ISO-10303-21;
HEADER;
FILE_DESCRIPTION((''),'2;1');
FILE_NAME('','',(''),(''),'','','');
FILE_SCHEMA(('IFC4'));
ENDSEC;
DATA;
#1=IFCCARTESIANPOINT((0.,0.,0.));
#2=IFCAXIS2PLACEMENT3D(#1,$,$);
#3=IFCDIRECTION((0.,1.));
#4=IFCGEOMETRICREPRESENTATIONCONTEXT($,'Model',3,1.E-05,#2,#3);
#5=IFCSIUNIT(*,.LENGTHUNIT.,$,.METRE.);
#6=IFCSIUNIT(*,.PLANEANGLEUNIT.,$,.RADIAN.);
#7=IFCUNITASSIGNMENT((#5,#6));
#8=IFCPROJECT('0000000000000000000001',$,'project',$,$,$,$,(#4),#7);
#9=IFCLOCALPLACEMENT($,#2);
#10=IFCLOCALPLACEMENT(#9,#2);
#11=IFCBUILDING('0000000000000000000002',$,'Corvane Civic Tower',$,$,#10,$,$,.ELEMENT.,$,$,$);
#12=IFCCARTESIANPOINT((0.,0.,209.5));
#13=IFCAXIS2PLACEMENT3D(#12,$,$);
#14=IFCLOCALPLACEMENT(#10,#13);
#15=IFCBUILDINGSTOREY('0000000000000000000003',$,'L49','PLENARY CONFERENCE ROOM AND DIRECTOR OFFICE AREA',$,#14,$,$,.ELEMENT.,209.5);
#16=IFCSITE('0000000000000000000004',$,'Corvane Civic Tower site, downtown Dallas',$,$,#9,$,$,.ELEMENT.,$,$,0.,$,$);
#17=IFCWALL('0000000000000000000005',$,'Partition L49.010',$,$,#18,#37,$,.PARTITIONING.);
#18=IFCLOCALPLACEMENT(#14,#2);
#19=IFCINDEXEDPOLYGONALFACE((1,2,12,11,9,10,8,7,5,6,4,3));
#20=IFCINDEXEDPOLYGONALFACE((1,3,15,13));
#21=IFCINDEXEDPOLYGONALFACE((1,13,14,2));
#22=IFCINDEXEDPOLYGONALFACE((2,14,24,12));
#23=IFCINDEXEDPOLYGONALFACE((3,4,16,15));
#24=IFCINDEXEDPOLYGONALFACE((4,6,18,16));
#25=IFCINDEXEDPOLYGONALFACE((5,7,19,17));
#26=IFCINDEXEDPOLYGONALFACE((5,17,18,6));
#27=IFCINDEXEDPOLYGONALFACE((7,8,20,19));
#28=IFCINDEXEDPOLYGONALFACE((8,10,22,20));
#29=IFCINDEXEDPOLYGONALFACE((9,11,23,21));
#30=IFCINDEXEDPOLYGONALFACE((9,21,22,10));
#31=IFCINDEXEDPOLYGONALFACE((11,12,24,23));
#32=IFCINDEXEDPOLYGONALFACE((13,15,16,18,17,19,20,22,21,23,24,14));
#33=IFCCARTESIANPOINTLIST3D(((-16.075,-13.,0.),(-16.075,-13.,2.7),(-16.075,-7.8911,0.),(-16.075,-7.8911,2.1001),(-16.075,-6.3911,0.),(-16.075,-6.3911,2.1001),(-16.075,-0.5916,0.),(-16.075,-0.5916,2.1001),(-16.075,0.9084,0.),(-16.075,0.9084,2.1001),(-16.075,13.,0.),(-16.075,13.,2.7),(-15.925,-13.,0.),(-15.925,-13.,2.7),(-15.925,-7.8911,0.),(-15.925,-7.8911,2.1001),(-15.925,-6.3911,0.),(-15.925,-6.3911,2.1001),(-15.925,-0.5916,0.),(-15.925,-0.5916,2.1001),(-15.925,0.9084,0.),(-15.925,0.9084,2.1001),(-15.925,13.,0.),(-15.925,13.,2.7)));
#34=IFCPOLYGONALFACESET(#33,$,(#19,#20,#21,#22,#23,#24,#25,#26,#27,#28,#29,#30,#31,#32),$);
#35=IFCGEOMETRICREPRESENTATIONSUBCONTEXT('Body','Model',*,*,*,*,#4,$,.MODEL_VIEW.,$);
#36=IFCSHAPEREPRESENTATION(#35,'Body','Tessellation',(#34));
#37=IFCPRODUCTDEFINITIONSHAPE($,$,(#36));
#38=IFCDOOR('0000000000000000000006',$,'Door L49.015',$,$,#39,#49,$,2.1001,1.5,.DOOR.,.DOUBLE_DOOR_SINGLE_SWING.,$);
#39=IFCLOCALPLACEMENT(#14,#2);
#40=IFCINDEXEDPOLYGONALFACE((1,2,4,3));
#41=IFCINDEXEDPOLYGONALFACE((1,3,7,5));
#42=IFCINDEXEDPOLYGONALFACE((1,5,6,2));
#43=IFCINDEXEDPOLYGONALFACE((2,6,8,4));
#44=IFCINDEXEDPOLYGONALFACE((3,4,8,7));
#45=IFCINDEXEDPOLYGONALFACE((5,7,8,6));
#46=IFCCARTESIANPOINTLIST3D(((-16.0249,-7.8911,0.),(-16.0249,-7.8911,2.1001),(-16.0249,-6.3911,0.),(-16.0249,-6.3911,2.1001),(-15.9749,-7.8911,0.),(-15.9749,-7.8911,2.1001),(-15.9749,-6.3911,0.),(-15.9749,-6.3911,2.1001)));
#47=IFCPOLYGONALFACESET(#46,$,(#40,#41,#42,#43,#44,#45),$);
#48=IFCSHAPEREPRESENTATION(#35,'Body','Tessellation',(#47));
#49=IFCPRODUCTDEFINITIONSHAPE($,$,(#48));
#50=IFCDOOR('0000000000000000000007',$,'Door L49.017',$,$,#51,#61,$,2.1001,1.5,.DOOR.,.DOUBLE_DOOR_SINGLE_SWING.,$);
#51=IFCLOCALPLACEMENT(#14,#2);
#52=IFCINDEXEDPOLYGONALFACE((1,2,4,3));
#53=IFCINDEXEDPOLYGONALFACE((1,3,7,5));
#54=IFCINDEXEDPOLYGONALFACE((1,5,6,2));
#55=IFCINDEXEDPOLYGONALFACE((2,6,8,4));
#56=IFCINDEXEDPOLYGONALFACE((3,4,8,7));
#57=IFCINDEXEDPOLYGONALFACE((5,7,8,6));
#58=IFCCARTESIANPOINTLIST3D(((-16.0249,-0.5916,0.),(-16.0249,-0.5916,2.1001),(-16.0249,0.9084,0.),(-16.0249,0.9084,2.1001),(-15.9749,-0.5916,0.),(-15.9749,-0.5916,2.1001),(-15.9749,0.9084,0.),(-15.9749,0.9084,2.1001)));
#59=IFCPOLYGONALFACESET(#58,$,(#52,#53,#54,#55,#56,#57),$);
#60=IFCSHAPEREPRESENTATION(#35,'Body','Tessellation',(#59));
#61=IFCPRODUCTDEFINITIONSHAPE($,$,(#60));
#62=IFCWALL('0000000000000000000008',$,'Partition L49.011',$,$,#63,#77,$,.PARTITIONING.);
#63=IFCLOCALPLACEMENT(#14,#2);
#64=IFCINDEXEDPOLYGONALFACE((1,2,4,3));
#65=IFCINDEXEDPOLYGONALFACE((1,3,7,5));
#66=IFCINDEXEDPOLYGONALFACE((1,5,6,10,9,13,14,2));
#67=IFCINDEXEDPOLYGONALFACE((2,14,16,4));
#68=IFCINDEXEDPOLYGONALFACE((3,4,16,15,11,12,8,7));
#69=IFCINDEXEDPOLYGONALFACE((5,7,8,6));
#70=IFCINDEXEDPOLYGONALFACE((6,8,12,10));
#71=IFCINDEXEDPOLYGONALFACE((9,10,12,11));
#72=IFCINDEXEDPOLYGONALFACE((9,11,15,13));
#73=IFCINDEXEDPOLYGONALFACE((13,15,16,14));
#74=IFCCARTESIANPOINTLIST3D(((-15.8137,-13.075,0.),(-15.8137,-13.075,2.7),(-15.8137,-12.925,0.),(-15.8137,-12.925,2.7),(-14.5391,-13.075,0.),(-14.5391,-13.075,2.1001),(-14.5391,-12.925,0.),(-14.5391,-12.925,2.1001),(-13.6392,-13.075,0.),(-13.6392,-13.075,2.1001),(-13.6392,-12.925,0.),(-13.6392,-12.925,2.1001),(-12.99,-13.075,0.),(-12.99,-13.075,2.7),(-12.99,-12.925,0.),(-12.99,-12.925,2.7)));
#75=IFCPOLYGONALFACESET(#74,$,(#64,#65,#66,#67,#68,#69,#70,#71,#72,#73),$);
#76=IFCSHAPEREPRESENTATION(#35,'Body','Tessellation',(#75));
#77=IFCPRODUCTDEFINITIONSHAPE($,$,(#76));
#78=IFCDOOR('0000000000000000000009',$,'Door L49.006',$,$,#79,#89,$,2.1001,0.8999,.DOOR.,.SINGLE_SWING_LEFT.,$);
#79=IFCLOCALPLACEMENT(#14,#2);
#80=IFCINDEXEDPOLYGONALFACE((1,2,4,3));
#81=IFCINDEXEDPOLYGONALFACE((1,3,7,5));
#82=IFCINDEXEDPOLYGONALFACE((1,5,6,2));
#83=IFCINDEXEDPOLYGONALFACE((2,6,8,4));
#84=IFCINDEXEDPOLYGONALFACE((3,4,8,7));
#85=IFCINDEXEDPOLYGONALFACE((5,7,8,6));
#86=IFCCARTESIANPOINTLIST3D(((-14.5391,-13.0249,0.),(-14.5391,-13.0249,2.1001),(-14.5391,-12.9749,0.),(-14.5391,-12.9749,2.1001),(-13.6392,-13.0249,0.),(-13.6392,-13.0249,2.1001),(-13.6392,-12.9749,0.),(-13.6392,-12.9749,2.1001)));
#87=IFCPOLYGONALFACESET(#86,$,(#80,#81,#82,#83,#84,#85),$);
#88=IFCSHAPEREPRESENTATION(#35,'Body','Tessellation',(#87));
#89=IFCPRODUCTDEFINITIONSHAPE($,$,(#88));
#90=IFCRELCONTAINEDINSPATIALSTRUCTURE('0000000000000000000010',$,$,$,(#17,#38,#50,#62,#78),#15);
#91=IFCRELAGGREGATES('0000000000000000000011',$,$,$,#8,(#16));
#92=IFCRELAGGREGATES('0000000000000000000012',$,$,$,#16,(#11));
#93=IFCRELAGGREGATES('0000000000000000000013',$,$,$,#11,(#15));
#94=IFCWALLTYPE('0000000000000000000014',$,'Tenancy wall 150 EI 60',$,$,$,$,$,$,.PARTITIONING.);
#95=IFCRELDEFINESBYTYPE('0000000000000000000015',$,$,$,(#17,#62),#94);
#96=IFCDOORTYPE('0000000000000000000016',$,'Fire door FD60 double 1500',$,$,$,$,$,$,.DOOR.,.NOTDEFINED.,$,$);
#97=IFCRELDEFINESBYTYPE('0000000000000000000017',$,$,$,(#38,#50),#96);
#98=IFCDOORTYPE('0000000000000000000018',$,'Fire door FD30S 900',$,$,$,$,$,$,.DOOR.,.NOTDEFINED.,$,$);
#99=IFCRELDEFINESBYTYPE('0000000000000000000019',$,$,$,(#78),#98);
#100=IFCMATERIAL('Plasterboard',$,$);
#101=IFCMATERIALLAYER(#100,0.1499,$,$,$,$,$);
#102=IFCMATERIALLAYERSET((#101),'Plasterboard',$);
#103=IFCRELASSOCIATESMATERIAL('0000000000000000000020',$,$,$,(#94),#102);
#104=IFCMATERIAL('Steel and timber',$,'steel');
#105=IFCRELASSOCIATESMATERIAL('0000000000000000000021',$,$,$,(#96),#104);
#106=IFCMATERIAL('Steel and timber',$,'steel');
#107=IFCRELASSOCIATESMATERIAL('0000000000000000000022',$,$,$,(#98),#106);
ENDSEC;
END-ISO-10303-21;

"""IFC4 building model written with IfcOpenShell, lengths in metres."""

from ifc_helpers import new_model, si_unit, direction, frame, frame_2d, origin, place, context, subcontext, project, spatial, rectangle, extrude, material, layer, layer_set, type_object, element, fill, save


model = new_model("IFC4")

# Units and contexts
model_context = context("Model", 3, precision=1e-05, world=origin(), true_north=direction((0.0, 1.0)))
body_context = subcontext(model_context, "Body", "Model", "MODEL_VIEW")
ifc_project = project(units=[si_unit("LENGTHUNIT", "METRE"), si_unit("PLANEANGLEUNIT", "RADIAN")], contexts=[model_context])

# Site, building, storey
site_placement = place(None, origin())
site = spatial("IfcSite", under=ifc_project, at=site_placement, Name="Corvane Civic Tower site, downtown Dallas", CompositionType="ELEMENT", RefElevation=0.0)
building_placement = place(site_placement, origin())
building = spatial("IfcBuilding", under=site, at=building_placement, Name="Corvane Civic Tower", CompositionType="ELEMENT")
storey_placement = place(building_placement, frame((0.0, 0.0, 209.5)))
storey = spatial("IfcBuildingStorey", under=building, at=storey_placement, Name="L49", Description="PLENARY CONFERENCE ROOM AND DIRECTOR OFFICE AREA", CompositionType="ELEMENT", Elevation=209.5)

# Wall, openings, doors
ifc_material_1 = material(Name="Plasterboard")
ifc_layer_1 = layer(ifc_material_1, 0.1499)
ifc_layer_set_1 = layer_set([ifc_layer_1], Name="Plasterboard")
wall_type_1 = type_object("IfcWallType", Name="Tenancy wall 150 EI 60", PredefinedType="PARTITIONING", material=ifc_layer_set_1)
wall_1_placement = place(storey_placement, frame((-16.0, -13.0, 0.0), z_axis=(0.0, 0.0, 1.0), x_axis=(0.0, 1.0, 0.0)))
wall_1 = element("IfcWall", 1, at=wall_1_placement, inside=storey, type_object=wall_type_1, Name="Partition L49.010", PredefinedType="PARTITIONING", context=body_context, shape_type="SweptSolid", body=[
    extrude(rectangle(XDim=26.0, YDim=0.1499, at=frame_2d((13.0, 0.0))), origin(), (0.0, 0.0, 1.0), 2.7),
])
opening_1_placement = place(wall_1_placement, frame((5.1089, 0.0, 0.0)))
opening_1 = element("IfcOpeningElement", 2, at=opening_1_placement, cuts=wall_1, PredefinedType="OPENING", context=body_context, shape_type="SweptSolid", body=[
    extrude(rectangle(XDim=1.5, YDim=2.1001, at=frame_2d((0.75, 1.05))), frame((0.0, 0.085, 0.0), z_axis=(0.0, -1.0, 0.0), x_axis=(1.0, 0.0, 0.0)), (0.0, 0.0, 1.0), 0.1699),
])
opening_2_placement = place(wall_1_placement, frame((12.4084, 0.0, 0.0)))
opening_2 = element("IfcOpeningElement", 3, at=opening_2_placement, cuts=wall_1, PredefinedType="OPENING", context=body_context, shape_type="SweptSolid", body=[
    extrude(rectangle(XDim=1.5, YDim=2.1001, at=frame_2d((0.75, 1.05))), frame((0.0, 0.085, 0.0), z_axis=(0.0, -1.0, 0.0), x_axis=(1.0, 0.0, 0.0)), (0.0, 0.0, 1.0), 0.1699),
])
ifc_material_2 = material(Name="Steel and timber", Category="steel")
door_type_1 = type_object("IfcDoorType", Name="Fire door FD60 double 1500", OperationType="NOTDEFINED", PredefinedType="DOOR", material=ifc_material_2)
door_1_placement = place(opening_1_placement, origin())
door_1 = element("IfcDoor", 4, at=door_1_placement, inside=storey, type_object=door_type_1, Name="Door L49.015", OperationType="DOUBLE_DOOR_SINGLE_SWING", OverallHeight=2.1001, OverallWidth=1.5, PredefinedType="DOOR", context=body_context, shape_type="SweptSolid", body=[
    extrude(rectangle(XDim=1.5, YDim=2.1001, at=frame_2d((0.75, 1.05))), frame((0.0, 0.0249, 0.0), z_axis=(0.0, -1.0, 0.0), x_axis=(1.0, 0.0, 0.0)), (0.0, 0.0, 1.0), 0.05),
])
fill(opening_1, door_1)
door_2_placement = place(opening_2_placement, origin())
door_2 = element("IfcDoor", 5, at=door_2_placement, inside=storey, type_object=door_type_1, Name="Door L49.017", OperationType="DOUBLE_DOOR_SINGLE_SWING", OverallHeight=2.1001, OverallWidth=1.5, PredefinedType="DOOR", context=body_context, shape_type="SweptSolid", body=[
    extrude(rectangle(XDim=1.5, YDim=2.1001, at=frame_2d((0.75, 1.05))), frame((0.0, 0.0249, 0.0), z_axis=(0.0, -1.0, 0.0), x_axis=(1.0, 0.0, 0.0)), (0.0, 0.0, 1.0), 0.05),
])
fill(opening_2, door_2)

# Wall, opening, door
wall_2_placement = place(storey_placement, frame((-15.8137, -13.0, 0.0), z_axis=(0.0, 0.0, 1.0), x_axis=(1.0, 0.0, 0.0)))
wall_2 = element("IfcWall", 6, at=wall_2_placement, inside=storey, type_object=wall_type_1, Name="Partition L49.011", PredefinedType="PARTITIONING", context=body_context, shape_type="SweptSolid", body=[
    extrude(rectangle(XDim=2.8237, YDim=0.1499, at=frame_2d((1.4119, 0.0))), origin(), (0.0, 0.0, 1.0), 2.7),
])
opening_3_placement = place(wall_2_placement, frame((1.2747, 0.0, 0.0)))
opening_3 = element("IfcOpeningElement", 7, at=opening_3_placement, cuts=wall_2, PredefinedType="OPENING", context=body_context, shape_type="SweptSolid", body=[
    extrude(rectangle(XDim=0.8999, YDim=2.1001, at=frame_2d((0.45, 1.05))), frame((0.0, 0.085, 0.0), z_axis=(0.0, -1.0, 0.0), x_axis=(1.0, 0.0, 0.0)), (0.0, 0.0, 1.0), 0.1699),
])
ifc_material_3 = material(Name="Steel and timber", Category="steel")
door_type_2 = type_object("IfcDoorType", Name="Fire door FD30S 900", OperationType="NOTDEFINED", PredefinedType="DOOR", material=ifc_material_3)
door_3_placement = place(opening_3_placement, frame((0.8999, 0.0, 0.0), z_axis=(0.0, 0.0, 1.0), x_axis=(-1.0, 0.0, 0.0)))
door_3 = element("IfcDoor", 8, at=door_3_placement, inside=storey, type_object=door_type_2, Name="Door L49.006", OperationType="SINGLE_SWING_LEFT", OverallHeight=2.1001, OverallWidth=0.8999, PredefinedType="DOOR", context=body_context, shape_type="SweptSolid", body=[
    extrude(rectangle(XDim=0.8999, YDim=2.1001, at=frame_2d((0.45, 1.05))), frame((0.0, 0.0249, 0.0), z_axis=(0.0, -1.0, 0.0), x_axis=(1.0, 0.0, 0.0)), (0.0, 0.0, 1.0), 0.05),
])
fill(opening_3, door_3)

save(model, "model.ifc")
